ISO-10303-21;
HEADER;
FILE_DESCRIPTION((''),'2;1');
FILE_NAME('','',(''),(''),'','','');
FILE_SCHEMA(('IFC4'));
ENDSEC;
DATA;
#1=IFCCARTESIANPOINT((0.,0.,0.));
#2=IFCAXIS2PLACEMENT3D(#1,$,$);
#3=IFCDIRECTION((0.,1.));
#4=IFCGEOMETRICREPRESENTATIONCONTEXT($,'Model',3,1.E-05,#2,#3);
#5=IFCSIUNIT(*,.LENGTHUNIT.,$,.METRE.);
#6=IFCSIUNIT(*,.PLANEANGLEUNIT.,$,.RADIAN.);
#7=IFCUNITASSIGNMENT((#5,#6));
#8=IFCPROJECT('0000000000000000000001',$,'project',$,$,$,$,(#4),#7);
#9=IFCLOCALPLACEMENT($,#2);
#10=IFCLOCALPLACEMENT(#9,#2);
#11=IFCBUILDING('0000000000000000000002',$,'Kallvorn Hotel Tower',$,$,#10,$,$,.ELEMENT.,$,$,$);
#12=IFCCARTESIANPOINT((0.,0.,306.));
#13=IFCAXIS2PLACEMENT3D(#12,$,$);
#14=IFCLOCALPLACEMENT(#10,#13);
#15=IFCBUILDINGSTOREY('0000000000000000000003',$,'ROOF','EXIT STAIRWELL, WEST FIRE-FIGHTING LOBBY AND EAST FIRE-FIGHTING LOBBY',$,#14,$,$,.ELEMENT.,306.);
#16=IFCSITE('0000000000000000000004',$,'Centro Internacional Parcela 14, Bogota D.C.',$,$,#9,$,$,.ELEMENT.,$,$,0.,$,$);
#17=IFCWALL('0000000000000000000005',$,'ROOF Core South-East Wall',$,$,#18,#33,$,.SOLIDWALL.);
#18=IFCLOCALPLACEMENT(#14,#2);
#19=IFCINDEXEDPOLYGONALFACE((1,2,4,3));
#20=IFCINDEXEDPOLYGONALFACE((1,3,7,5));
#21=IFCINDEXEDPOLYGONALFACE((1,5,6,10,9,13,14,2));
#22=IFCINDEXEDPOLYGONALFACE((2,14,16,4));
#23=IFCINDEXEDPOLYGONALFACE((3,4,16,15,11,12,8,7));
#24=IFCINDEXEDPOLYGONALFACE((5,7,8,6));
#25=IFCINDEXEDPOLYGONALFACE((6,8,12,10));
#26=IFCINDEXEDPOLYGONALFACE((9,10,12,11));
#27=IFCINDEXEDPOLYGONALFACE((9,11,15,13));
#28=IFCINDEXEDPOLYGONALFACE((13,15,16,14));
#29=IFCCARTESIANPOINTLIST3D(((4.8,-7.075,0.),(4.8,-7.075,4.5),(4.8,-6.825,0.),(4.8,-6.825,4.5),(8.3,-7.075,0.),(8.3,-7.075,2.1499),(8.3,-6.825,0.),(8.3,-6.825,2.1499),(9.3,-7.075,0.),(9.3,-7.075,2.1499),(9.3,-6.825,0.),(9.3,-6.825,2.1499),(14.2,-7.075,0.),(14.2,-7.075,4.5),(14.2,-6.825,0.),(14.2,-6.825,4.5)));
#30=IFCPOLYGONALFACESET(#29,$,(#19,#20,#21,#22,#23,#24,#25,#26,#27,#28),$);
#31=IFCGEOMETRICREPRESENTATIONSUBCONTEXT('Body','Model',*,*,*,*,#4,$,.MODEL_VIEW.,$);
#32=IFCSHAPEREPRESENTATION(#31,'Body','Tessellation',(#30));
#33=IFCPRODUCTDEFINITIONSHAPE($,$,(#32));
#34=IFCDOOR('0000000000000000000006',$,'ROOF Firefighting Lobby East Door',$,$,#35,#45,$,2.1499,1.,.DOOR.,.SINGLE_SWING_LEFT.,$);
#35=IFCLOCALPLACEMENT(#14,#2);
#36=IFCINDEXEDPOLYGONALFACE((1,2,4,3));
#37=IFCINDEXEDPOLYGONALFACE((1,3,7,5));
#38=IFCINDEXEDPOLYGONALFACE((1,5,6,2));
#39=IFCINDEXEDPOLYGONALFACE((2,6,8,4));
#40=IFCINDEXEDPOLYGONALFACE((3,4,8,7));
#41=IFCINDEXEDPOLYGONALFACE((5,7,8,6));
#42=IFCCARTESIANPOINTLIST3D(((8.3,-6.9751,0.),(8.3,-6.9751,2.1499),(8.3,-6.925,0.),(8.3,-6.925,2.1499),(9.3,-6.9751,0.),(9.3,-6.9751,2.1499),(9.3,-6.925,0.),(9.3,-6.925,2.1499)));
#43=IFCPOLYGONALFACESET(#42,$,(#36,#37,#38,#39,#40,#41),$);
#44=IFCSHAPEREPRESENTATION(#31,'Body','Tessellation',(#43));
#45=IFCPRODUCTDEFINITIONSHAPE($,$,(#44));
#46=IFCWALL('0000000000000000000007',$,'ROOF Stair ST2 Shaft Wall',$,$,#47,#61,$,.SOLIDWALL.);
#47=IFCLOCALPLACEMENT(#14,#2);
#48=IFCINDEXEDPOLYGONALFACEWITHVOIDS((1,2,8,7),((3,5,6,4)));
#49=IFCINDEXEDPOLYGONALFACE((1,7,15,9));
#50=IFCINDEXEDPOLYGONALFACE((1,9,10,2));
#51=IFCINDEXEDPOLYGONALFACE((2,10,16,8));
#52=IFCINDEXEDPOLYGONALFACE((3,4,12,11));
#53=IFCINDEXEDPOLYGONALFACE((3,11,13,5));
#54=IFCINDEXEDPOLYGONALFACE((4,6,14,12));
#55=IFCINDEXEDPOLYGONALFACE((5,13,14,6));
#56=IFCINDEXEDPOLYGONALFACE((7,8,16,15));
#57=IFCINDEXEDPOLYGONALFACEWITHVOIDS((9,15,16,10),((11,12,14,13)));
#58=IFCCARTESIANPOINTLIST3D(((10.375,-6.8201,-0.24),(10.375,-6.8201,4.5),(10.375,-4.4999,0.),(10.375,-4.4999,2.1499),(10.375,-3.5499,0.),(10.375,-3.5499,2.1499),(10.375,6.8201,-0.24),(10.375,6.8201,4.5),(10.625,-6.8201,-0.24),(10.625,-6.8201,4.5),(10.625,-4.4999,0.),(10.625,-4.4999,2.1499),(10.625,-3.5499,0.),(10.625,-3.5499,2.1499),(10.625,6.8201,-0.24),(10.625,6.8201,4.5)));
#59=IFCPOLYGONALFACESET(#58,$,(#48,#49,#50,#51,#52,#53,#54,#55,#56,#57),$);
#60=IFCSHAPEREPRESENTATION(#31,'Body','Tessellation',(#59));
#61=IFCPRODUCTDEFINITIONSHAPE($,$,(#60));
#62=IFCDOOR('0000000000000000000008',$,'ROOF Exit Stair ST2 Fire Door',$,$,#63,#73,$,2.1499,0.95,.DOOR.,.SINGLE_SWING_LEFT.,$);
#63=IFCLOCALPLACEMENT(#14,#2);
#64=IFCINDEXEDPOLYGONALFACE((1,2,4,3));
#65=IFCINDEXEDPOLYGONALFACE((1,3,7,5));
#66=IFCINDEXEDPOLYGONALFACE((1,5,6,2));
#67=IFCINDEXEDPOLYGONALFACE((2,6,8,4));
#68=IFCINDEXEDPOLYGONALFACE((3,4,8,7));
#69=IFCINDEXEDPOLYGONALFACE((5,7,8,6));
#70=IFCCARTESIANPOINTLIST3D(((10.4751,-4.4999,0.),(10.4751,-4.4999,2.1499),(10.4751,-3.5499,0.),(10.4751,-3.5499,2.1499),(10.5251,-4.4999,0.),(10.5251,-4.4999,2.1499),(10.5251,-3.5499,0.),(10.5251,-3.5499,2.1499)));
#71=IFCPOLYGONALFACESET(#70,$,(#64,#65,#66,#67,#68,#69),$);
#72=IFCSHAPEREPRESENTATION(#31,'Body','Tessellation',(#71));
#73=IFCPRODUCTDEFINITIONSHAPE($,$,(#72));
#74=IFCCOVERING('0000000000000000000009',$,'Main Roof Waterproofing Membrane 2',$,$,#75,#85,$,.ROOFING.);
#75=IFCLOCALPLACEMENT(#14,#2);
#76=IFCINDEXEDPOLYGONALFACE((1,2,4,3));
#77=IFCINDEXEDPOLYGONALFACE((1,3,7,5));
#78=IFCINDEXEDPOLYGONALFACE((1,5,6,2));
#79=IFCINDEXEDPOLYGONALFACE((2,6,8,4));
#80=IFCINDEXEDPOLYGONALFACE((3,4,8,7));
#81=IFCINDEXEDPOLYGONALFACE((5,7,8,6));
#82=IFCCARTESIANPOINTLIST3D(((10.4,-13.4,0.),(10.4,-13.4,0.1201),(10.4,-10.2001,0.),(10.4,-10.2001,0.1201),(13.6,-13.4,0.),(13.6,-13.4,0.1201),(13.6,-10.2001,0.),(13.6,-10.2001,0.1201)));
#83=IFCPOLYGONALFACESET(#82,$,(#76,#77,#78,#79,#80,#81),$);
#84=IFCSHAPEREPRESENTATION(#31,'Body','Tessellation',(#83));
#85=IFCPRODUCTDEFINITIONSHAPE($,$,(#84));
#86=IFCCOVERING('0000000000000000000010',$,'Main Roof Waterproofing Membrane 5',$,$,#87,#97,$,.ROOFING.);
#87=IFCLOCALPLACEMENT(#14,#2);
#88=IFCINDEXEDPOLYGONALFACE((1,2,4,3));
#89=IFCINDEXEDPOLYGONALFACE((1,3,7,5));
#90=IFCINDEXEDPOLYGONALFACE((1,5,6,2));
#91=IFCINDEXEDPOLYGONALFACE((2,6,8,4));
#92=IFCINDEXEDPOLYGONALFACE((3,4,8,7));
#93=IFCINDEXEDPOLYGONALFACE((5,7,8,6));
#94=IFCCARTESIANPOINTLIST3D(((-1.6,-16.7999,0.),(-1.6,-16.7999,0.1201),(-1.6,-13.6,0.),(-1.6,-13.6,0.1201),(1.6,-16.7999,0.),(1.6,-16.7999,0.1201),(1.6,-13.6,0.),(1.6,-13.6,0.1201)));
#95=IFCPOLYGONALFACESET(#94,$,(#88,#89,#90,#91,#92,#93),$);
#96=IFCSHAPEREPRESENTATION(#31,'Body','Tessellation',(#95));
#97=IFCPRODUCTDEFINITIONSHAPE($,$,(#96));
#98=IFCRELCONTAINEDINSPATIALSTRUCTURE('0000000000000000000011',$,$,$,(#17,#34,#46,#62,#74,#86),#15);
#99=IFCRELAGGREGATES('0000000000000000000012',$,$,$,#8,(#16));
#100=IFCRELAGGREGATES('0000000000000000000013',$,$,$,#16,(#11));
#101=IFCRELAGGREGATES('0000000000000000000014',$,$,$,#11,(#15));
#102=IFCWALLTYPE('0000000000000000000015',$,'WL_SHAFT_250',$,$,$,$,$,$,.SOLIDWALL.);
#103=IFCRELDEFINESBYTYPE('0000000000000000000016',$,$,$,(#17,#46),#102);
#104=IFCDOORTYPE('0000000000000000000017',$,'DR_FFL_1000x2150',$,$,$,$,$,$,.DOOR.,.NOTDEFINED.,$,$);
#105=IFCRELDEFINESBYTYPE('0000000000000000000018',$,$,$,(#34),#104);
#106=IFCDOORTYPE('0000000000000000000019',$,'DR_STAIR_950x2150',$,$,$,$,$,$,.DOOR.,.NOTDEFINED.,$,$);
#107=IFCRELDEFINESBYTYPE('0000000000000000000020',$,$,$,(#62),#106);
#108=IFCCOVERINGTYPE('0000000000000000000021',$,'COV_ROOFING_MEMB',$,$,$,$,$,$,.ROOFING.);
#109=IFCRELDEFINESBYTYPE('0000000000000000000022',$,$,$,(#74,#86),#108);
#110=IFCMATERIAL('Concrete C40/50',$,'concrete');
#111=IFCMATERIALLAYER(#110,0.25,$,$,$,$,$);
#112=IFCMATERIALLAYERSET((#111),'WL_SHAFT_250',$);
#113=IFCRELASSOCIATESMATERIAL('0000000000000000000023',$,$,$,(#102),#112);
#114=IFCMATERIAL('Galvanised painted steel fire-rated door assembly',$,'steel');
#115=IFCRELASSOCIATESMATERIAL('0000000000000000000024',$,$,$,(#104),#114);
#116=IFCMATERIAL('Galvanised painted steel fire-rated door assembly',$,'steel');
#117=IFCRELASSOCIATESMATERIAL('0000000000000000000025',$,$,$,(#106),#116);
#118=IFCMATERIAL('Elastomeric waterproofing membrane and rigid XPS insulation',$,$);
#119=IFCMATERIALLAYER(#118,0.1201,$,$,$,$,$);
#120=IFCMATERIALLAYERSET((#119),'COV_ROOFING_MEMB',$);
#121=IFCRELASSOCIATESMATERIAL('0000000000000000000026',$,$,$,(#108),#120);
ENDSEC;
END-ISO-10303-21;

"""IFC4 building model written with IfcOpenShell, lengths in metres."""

from ifc_helpers import new_model, si_unit, direction, frame, frame_2d, origin, origin_2d, place, context, subcontext, project, spatial, rectangle, extrude, material, layer, layer_set, type_object, element, fill, save


model = new_model("IFC4")

# Units and contexts
model_context = context("Model", 3, precision=1e-05, world=origin(), true_north=direction((0.0, 1.0)))
body_context = subcontext(model_context, "Body", "Model", "MODEL_VIEW")
ifc_project = project(units=[si_unit("LENGTHUNIT", "METRE"), si_unit("PLANEANGLEUNIT", "RADIAN")], contexts=[model_context])

# Site, building, storey
site_placement = place(None, origin())
site = spatial("IfcSite", under=ifc_project, at=site_placement, Name="Centro Internacional Parcela 14, Bogota D.C.", CompositionType="ELEMENT", RefElevation=0.0)
building_placement = place(site_placement, origin())
building = spatial("IfcBuilding", under=site, at=building_placement, Name="Kallvorn Hotel Tower", CompositionType="ELEMENT")
storey_placement = place(building_placement, frame((0.0, 0.0, 306.0)))
storey = spatial("IfcBuildingStorey", under=building, at=storey_placement, Name="ROOF", Description="EXIT STAIRWELL, WEST FIRE-FIGHTING LOBBY AND EAST FIRE-FIGHTING LOBBY", CompositionType="ELEMENT", Elevation=306.0)

# Walls, openings, doors
ifc_material_1 = material(Name="Concrete C40/50", Category="concrete")
ifc_layer_1 = layer(ifc_material_1, 0.25)
ifc_layer_set_1 = layer_set([ifc_layer_1], Name="WL_SHAFT_250")
wall_type_1 = type_object("IfcWallType", Name="WL_SHAFT_250", PredefinedType="SOLIDWALL", material=ifc_layer_set_1)
wall_1_placement = place(storey_placement, frame((4.8, -6.95, 0.0), z_axis=(0.0, 0.0, 1.0), x_axis=(1.0, 0.0, 0.0)))
wall_1 = element("IfcWall", 1, at=wall_1_placement, inside=storey, type_object=wall_type_1, Name="ROOF Core South-East Wall", PredefinedType="SOLIDWALL", context=body_context, shape_type="SweptSolid", body=[
    extrude(rectangle(XDim=9.3999, YDim=0.25, at=frame_2d((4.7, 0.0))), origin(), (0.0, 0.0, 1.0), 4.5),
])
opening_1_placement = place(wall_1_placement, frame((3.5, 0.0, 0.0)))
opening_1 = element("IfcOpeningElement", 2, at=opening_1_placement, cuts=wall_1, PredefinedType="OPENING", context=body_context, shape_type="SweptSolid", body=[
    extrude(rectangle(XDim=1.0, YDim=2.1499, at=frame_2d((0.5, 1.075))), frame((0.0, 0.1399, 0.0), z_axis=(0.0, -1.0, 0.0), x_axis=(1.0, 0.0, 0.0)), (0.0, 0.0, 1.0), 0.28),
])
ifc_material_2 = material(Name="Galvanised painted steel fire-rated door assembly", Category="steel")
door_type_1 = type_object("IfcDoorType", Name="DR_FFL_1000x2150", OperationType="NOTDEFINED", PredefinedType="DOOR", material=ifc_material_2)
door_1_placement = place(opening_1_placement, origin())
door_1 = element("IfcDoor", 3, at=door_1_placement, inside=storey, type_object=door_type_1, Name="ROOF Firefighting Lobby East Door", OperationType="SINGLE_SWING_LEFT", OverallHeight=2.1499, OverallWidth=1.0, PredefinedType="DOOR", context=body_context, shape_type="SweptSolid", body=[
    extrude(rectangle(XDim=1.0, YDim=2.1499, at=frame_2d((0.5, 1.075))), frame((0.0, 0.0249, 0.0), z_axis=(0.0, -1.0, 0.0), x_axis=(1.0, 0.0, 0.0)), (0.0, 0.0, 1.0), 0.05),
])
fill(opening_1, door_1)
wall_2_placement = place(storey_placement, frame((10.5, -6.8201, -0.24), z_axis=(0.0, 0.0, 1.0), x_axis=(0.0, 1.0, 0.0)))
wall_2 = element("IfcWall", 4, at=wall_2_placement, inside=storey, type_object=wall_type_1, Name="ROOF Stair ST2 Shaft Wall", PredefinedType="SOLIDWALL", context=body_context, shape_type="SweptSolid", body=[
    extrude(rectangle(XDim=13.6401, YDim=0.25, at=frame_2d((6.8201, 0.0))), origin(), (0.0, 0.0, 1.0), 4.74),
])
opening_2_placement = place(wall_2_placement, frame((2.3201, 0.0, 0.24)))
opening_2 = element("IfcOpeningElement", 5, at=opening_2_placement, cuts=wall_2, PredefinedType="OPENING", context=body_context, shape_type="SweptSolid", body=[
    extrude(rectangle(XDim=0.95, YDim=2.1499, at=frame_2d((0.4751, 1.075))), frame((0.0, 0.1399, 0.0), z_axis=(0.0, -1.0, 0.0), x_axis=(1.0, 0.0, 0.0)), (0.0, 0.0, 1.0), 0.28),
])
ifc_material_3 = material(Name="Galvanised painted steel fire-rated door assembly", Category="steel")
door_type_2 = type_object("IfcDoorType", Name="DR_STAIR_950x2150", OperationType="NOTDEFINED", PredefinedType="DOOR", material=ifc_material_3)
door_2_placement = place(opening_2_placement, origin())
door_2 = element("IfcDoor", 6, at=door_2_placement, inside=storey, type_object=door_type_2, Name="ROOF Exit Stair ST2 Fire Door", OperationType="SINGLE_SWING_LEFT", OverallHeight=2.1499, OverallWidth=0.95, PredefinedType="DOOR", context=body_context, shape_type="SweptSolid", body=[
    extrude(rectangle(XDim=0.95, YDim=2.1499, at=frame_2d((0.4751, 1.075))), frame((0.0, 0.0249, 0.0), z_axis=(0.0, -1.0, 0.0), x_axis=(1.0, 0.0, 0.0)), (0.0, 0.0, 1.0), 0.05),
])
fill(opening_2, door_2)

# Coverings
ifc_material_4 = material(Name="Elastomeric waterproofing membrane and rigid XPS insulation")
ifc_layer_2 = layer(ifc_material_4, 0.1201)
ifc_layer_set_2 = layer_set([ifc_layer_2], Name="COV_ROOFING_MEMB")
covering_type = type_object("IfcCoveringType", Name="COV_ROOFING_MEMB", PredefinedType="ROOFING", material=ifc_layer_set_2)
for number, where, z_axis, x_axis, name in (
    (7, (12.0, -11.8, 0.0), (0.0, 0.0, 1.0), (1.0, 0.0, 0.0), "Main Roof Waterproofing Membrane 2"),
    (8, (0.0, -15.2, 0.0), (0.0, 0.0, 1.0), (1.0, 0.0, 0.0), "Main Roof Waterproofing Membrane 5"),
):
    element("IfcCovering", number, at=place(storey_placement, frame(where, z_axis=z_axis, x_axis=x_axis)), inside=storey, type_object=covering_type, Name=name, PredefinedType="ROOFING", context=body_context, shape_type="SweptSolid", body=[
        extrude(rectangle(XDim=3.2, YDim=3.2, at=origin_2d()), origin(), (0.0, 0.0, 1.0), 0.1201),
    ])

save(model, "model.ifc")
